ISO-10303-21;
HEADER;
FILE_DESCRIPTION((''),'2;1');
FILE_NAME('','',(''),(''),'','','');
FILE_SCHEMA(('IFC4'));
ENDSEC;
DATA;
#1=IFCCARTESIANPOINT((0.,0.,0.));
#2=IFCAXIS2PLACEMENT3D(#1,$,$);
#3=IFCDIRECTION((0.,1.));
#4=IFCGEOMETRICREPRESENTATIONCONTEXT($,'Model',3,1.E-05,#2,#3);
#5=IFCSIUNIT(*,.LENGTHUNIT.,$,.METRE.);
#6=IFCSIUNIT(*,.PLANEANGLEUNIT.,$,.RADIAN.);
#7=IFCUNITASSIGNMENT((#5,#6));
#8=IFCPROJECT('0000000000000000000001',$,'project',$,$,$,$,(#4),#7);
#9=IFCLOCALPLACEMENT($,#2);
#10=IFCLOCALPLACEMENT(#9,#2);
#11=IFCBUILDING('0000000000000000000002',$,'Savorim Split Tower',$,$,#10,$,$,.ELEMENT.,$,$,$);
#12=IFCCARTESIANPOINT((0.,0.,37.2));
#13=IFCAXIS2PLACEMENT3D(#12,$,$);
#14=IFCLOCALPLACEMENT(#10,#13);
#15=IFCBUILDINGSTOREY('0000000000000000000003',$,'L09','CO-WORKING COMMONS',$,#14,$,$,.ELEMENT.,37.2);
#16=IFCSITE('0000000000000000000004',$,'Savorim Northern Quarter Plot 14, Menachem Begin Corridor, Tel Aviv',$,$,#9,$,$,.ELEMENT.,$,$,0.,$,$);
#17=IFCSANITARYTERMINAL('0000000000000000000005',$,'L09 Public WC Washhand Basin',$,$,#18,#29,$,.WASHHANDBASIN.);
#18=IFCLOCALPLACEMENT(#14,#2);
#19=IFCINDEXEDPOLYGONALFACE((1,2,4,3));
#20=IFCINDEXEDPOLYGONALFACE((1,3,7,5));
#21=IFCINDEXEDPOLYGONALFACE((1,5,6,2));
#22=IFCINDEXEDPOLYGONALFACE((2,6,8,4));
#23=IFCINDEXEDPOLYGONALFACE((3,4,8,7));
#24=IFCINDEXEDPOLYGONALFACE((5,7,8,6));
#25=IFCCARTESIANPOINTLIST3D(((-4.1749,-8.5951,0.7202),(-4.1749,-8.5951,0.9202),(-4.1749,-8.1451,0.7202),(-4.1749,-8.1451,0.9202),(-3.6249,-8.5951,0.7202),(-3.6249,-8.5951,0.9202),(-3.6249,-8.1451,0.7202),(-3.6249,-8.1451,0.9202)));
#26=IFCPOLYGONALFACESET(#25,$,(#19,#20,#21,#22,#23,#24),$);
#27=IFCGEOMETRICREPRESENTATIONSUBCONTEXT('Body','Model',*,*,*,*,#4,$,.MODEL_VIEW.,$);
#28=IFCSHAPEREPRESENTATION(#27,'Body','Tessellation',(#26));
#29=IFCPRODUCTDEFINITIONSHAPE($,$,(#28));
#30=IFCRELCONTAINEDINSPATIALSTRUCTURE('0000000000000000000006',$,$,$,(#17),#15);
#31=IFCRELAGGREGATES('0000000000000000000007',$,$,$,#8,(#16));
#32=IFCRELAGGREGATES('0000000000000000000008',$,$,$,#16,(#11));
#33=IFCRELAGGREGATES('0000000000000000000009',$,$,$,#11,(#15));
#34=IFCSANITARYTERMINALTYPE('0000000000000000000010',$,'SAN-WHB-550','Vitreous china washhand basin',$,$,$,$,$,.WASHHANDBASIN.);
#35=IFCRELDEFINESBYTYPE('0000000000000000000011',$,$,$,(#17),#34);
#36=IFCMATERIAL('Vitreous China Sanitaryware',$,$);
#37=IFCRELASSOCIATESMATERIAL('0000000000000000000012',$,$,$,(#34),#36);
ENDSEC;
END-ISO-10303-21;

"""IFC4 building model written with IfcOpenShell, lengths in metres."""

from ifc_helpers import new_model, si_unit, direction, frame, origin, origin_2d, place, context, subcontext, project, spatial, rectangle, extrude, material, type_object, element, save


model = new_model("IFC4")

# Units and contexts
model_context = context("Model", 3, precision=1e-05, world=origin(), true_north=direction((0.0, 1.0)))
body_context = subcontext(model_context, "Body", "Model", "MODEL_VIEW")
ifc_project = project(units=[si_unit("LENGTHUNIT", "METRE"), si_unit("PLANEANGLEUNIT", "RADIAN")], contexts=[model_context])

# Site, building, storey
site_placement = place(None, origin())
site = spatial("IfcSite", under=ifc_project, at=site_placement, Name="Savorim Northern Quarter Plot 14, Menachem Begin Corridor, Tel Aviv", CompositionType="ELEMENT", RefElevation=0.0)
building_placement = place(site_placement, origin())
building = spatial("IfcBuilding", under=site, at=building_placement, Name="Savorim Split Tower", CompositionType="ELEMENT")
storey_placement = place(building_placement, frame((0.0, 0.0, 37.2)))
storey = spatial("IfcBuildingStorey", under=building, at=storey_placement, Name="L09", Description="CO-WORKING COMMONS", CompositionType="ELEMENT", Elevation=37.2)

# Sanitary terminal
ifc_material_1 = material(Name="Vitreous China Sanitaryware")
sanitary_terminal_type_1 = type_object("IfcSanitaryTerminalType", Name="SAN-WHB-550", Description="Vitreous china washhand basin", PredefinedType="WASHHANDBASIN", material=ifc_material_1)
sanitary_terminal_1_placement = place(storey_placement, frame((-3.8999, -8.3701, 0.7202), z_axis=(0.0, 0.0, 1.0), x_axis=(1.0, 0.0, 0.0)))
element("IfcSanitaryTerminal", 1, at=sanitary_terminal_1_placement, inside=storey, type_object=sanitary_terminal_type_1, Name="L09 Public WC Washhand Basin", PredefinedType="WASHHANDBASIN", context=body_context, shape_type="SweptSolid", body=[
    extrude(rectangle(XDim=0.55, YDim=0.45, at=origin_2d()), origin(), (0.0, 0.0, 1.0), 0.2),
])

save(model, "model.ifc")
